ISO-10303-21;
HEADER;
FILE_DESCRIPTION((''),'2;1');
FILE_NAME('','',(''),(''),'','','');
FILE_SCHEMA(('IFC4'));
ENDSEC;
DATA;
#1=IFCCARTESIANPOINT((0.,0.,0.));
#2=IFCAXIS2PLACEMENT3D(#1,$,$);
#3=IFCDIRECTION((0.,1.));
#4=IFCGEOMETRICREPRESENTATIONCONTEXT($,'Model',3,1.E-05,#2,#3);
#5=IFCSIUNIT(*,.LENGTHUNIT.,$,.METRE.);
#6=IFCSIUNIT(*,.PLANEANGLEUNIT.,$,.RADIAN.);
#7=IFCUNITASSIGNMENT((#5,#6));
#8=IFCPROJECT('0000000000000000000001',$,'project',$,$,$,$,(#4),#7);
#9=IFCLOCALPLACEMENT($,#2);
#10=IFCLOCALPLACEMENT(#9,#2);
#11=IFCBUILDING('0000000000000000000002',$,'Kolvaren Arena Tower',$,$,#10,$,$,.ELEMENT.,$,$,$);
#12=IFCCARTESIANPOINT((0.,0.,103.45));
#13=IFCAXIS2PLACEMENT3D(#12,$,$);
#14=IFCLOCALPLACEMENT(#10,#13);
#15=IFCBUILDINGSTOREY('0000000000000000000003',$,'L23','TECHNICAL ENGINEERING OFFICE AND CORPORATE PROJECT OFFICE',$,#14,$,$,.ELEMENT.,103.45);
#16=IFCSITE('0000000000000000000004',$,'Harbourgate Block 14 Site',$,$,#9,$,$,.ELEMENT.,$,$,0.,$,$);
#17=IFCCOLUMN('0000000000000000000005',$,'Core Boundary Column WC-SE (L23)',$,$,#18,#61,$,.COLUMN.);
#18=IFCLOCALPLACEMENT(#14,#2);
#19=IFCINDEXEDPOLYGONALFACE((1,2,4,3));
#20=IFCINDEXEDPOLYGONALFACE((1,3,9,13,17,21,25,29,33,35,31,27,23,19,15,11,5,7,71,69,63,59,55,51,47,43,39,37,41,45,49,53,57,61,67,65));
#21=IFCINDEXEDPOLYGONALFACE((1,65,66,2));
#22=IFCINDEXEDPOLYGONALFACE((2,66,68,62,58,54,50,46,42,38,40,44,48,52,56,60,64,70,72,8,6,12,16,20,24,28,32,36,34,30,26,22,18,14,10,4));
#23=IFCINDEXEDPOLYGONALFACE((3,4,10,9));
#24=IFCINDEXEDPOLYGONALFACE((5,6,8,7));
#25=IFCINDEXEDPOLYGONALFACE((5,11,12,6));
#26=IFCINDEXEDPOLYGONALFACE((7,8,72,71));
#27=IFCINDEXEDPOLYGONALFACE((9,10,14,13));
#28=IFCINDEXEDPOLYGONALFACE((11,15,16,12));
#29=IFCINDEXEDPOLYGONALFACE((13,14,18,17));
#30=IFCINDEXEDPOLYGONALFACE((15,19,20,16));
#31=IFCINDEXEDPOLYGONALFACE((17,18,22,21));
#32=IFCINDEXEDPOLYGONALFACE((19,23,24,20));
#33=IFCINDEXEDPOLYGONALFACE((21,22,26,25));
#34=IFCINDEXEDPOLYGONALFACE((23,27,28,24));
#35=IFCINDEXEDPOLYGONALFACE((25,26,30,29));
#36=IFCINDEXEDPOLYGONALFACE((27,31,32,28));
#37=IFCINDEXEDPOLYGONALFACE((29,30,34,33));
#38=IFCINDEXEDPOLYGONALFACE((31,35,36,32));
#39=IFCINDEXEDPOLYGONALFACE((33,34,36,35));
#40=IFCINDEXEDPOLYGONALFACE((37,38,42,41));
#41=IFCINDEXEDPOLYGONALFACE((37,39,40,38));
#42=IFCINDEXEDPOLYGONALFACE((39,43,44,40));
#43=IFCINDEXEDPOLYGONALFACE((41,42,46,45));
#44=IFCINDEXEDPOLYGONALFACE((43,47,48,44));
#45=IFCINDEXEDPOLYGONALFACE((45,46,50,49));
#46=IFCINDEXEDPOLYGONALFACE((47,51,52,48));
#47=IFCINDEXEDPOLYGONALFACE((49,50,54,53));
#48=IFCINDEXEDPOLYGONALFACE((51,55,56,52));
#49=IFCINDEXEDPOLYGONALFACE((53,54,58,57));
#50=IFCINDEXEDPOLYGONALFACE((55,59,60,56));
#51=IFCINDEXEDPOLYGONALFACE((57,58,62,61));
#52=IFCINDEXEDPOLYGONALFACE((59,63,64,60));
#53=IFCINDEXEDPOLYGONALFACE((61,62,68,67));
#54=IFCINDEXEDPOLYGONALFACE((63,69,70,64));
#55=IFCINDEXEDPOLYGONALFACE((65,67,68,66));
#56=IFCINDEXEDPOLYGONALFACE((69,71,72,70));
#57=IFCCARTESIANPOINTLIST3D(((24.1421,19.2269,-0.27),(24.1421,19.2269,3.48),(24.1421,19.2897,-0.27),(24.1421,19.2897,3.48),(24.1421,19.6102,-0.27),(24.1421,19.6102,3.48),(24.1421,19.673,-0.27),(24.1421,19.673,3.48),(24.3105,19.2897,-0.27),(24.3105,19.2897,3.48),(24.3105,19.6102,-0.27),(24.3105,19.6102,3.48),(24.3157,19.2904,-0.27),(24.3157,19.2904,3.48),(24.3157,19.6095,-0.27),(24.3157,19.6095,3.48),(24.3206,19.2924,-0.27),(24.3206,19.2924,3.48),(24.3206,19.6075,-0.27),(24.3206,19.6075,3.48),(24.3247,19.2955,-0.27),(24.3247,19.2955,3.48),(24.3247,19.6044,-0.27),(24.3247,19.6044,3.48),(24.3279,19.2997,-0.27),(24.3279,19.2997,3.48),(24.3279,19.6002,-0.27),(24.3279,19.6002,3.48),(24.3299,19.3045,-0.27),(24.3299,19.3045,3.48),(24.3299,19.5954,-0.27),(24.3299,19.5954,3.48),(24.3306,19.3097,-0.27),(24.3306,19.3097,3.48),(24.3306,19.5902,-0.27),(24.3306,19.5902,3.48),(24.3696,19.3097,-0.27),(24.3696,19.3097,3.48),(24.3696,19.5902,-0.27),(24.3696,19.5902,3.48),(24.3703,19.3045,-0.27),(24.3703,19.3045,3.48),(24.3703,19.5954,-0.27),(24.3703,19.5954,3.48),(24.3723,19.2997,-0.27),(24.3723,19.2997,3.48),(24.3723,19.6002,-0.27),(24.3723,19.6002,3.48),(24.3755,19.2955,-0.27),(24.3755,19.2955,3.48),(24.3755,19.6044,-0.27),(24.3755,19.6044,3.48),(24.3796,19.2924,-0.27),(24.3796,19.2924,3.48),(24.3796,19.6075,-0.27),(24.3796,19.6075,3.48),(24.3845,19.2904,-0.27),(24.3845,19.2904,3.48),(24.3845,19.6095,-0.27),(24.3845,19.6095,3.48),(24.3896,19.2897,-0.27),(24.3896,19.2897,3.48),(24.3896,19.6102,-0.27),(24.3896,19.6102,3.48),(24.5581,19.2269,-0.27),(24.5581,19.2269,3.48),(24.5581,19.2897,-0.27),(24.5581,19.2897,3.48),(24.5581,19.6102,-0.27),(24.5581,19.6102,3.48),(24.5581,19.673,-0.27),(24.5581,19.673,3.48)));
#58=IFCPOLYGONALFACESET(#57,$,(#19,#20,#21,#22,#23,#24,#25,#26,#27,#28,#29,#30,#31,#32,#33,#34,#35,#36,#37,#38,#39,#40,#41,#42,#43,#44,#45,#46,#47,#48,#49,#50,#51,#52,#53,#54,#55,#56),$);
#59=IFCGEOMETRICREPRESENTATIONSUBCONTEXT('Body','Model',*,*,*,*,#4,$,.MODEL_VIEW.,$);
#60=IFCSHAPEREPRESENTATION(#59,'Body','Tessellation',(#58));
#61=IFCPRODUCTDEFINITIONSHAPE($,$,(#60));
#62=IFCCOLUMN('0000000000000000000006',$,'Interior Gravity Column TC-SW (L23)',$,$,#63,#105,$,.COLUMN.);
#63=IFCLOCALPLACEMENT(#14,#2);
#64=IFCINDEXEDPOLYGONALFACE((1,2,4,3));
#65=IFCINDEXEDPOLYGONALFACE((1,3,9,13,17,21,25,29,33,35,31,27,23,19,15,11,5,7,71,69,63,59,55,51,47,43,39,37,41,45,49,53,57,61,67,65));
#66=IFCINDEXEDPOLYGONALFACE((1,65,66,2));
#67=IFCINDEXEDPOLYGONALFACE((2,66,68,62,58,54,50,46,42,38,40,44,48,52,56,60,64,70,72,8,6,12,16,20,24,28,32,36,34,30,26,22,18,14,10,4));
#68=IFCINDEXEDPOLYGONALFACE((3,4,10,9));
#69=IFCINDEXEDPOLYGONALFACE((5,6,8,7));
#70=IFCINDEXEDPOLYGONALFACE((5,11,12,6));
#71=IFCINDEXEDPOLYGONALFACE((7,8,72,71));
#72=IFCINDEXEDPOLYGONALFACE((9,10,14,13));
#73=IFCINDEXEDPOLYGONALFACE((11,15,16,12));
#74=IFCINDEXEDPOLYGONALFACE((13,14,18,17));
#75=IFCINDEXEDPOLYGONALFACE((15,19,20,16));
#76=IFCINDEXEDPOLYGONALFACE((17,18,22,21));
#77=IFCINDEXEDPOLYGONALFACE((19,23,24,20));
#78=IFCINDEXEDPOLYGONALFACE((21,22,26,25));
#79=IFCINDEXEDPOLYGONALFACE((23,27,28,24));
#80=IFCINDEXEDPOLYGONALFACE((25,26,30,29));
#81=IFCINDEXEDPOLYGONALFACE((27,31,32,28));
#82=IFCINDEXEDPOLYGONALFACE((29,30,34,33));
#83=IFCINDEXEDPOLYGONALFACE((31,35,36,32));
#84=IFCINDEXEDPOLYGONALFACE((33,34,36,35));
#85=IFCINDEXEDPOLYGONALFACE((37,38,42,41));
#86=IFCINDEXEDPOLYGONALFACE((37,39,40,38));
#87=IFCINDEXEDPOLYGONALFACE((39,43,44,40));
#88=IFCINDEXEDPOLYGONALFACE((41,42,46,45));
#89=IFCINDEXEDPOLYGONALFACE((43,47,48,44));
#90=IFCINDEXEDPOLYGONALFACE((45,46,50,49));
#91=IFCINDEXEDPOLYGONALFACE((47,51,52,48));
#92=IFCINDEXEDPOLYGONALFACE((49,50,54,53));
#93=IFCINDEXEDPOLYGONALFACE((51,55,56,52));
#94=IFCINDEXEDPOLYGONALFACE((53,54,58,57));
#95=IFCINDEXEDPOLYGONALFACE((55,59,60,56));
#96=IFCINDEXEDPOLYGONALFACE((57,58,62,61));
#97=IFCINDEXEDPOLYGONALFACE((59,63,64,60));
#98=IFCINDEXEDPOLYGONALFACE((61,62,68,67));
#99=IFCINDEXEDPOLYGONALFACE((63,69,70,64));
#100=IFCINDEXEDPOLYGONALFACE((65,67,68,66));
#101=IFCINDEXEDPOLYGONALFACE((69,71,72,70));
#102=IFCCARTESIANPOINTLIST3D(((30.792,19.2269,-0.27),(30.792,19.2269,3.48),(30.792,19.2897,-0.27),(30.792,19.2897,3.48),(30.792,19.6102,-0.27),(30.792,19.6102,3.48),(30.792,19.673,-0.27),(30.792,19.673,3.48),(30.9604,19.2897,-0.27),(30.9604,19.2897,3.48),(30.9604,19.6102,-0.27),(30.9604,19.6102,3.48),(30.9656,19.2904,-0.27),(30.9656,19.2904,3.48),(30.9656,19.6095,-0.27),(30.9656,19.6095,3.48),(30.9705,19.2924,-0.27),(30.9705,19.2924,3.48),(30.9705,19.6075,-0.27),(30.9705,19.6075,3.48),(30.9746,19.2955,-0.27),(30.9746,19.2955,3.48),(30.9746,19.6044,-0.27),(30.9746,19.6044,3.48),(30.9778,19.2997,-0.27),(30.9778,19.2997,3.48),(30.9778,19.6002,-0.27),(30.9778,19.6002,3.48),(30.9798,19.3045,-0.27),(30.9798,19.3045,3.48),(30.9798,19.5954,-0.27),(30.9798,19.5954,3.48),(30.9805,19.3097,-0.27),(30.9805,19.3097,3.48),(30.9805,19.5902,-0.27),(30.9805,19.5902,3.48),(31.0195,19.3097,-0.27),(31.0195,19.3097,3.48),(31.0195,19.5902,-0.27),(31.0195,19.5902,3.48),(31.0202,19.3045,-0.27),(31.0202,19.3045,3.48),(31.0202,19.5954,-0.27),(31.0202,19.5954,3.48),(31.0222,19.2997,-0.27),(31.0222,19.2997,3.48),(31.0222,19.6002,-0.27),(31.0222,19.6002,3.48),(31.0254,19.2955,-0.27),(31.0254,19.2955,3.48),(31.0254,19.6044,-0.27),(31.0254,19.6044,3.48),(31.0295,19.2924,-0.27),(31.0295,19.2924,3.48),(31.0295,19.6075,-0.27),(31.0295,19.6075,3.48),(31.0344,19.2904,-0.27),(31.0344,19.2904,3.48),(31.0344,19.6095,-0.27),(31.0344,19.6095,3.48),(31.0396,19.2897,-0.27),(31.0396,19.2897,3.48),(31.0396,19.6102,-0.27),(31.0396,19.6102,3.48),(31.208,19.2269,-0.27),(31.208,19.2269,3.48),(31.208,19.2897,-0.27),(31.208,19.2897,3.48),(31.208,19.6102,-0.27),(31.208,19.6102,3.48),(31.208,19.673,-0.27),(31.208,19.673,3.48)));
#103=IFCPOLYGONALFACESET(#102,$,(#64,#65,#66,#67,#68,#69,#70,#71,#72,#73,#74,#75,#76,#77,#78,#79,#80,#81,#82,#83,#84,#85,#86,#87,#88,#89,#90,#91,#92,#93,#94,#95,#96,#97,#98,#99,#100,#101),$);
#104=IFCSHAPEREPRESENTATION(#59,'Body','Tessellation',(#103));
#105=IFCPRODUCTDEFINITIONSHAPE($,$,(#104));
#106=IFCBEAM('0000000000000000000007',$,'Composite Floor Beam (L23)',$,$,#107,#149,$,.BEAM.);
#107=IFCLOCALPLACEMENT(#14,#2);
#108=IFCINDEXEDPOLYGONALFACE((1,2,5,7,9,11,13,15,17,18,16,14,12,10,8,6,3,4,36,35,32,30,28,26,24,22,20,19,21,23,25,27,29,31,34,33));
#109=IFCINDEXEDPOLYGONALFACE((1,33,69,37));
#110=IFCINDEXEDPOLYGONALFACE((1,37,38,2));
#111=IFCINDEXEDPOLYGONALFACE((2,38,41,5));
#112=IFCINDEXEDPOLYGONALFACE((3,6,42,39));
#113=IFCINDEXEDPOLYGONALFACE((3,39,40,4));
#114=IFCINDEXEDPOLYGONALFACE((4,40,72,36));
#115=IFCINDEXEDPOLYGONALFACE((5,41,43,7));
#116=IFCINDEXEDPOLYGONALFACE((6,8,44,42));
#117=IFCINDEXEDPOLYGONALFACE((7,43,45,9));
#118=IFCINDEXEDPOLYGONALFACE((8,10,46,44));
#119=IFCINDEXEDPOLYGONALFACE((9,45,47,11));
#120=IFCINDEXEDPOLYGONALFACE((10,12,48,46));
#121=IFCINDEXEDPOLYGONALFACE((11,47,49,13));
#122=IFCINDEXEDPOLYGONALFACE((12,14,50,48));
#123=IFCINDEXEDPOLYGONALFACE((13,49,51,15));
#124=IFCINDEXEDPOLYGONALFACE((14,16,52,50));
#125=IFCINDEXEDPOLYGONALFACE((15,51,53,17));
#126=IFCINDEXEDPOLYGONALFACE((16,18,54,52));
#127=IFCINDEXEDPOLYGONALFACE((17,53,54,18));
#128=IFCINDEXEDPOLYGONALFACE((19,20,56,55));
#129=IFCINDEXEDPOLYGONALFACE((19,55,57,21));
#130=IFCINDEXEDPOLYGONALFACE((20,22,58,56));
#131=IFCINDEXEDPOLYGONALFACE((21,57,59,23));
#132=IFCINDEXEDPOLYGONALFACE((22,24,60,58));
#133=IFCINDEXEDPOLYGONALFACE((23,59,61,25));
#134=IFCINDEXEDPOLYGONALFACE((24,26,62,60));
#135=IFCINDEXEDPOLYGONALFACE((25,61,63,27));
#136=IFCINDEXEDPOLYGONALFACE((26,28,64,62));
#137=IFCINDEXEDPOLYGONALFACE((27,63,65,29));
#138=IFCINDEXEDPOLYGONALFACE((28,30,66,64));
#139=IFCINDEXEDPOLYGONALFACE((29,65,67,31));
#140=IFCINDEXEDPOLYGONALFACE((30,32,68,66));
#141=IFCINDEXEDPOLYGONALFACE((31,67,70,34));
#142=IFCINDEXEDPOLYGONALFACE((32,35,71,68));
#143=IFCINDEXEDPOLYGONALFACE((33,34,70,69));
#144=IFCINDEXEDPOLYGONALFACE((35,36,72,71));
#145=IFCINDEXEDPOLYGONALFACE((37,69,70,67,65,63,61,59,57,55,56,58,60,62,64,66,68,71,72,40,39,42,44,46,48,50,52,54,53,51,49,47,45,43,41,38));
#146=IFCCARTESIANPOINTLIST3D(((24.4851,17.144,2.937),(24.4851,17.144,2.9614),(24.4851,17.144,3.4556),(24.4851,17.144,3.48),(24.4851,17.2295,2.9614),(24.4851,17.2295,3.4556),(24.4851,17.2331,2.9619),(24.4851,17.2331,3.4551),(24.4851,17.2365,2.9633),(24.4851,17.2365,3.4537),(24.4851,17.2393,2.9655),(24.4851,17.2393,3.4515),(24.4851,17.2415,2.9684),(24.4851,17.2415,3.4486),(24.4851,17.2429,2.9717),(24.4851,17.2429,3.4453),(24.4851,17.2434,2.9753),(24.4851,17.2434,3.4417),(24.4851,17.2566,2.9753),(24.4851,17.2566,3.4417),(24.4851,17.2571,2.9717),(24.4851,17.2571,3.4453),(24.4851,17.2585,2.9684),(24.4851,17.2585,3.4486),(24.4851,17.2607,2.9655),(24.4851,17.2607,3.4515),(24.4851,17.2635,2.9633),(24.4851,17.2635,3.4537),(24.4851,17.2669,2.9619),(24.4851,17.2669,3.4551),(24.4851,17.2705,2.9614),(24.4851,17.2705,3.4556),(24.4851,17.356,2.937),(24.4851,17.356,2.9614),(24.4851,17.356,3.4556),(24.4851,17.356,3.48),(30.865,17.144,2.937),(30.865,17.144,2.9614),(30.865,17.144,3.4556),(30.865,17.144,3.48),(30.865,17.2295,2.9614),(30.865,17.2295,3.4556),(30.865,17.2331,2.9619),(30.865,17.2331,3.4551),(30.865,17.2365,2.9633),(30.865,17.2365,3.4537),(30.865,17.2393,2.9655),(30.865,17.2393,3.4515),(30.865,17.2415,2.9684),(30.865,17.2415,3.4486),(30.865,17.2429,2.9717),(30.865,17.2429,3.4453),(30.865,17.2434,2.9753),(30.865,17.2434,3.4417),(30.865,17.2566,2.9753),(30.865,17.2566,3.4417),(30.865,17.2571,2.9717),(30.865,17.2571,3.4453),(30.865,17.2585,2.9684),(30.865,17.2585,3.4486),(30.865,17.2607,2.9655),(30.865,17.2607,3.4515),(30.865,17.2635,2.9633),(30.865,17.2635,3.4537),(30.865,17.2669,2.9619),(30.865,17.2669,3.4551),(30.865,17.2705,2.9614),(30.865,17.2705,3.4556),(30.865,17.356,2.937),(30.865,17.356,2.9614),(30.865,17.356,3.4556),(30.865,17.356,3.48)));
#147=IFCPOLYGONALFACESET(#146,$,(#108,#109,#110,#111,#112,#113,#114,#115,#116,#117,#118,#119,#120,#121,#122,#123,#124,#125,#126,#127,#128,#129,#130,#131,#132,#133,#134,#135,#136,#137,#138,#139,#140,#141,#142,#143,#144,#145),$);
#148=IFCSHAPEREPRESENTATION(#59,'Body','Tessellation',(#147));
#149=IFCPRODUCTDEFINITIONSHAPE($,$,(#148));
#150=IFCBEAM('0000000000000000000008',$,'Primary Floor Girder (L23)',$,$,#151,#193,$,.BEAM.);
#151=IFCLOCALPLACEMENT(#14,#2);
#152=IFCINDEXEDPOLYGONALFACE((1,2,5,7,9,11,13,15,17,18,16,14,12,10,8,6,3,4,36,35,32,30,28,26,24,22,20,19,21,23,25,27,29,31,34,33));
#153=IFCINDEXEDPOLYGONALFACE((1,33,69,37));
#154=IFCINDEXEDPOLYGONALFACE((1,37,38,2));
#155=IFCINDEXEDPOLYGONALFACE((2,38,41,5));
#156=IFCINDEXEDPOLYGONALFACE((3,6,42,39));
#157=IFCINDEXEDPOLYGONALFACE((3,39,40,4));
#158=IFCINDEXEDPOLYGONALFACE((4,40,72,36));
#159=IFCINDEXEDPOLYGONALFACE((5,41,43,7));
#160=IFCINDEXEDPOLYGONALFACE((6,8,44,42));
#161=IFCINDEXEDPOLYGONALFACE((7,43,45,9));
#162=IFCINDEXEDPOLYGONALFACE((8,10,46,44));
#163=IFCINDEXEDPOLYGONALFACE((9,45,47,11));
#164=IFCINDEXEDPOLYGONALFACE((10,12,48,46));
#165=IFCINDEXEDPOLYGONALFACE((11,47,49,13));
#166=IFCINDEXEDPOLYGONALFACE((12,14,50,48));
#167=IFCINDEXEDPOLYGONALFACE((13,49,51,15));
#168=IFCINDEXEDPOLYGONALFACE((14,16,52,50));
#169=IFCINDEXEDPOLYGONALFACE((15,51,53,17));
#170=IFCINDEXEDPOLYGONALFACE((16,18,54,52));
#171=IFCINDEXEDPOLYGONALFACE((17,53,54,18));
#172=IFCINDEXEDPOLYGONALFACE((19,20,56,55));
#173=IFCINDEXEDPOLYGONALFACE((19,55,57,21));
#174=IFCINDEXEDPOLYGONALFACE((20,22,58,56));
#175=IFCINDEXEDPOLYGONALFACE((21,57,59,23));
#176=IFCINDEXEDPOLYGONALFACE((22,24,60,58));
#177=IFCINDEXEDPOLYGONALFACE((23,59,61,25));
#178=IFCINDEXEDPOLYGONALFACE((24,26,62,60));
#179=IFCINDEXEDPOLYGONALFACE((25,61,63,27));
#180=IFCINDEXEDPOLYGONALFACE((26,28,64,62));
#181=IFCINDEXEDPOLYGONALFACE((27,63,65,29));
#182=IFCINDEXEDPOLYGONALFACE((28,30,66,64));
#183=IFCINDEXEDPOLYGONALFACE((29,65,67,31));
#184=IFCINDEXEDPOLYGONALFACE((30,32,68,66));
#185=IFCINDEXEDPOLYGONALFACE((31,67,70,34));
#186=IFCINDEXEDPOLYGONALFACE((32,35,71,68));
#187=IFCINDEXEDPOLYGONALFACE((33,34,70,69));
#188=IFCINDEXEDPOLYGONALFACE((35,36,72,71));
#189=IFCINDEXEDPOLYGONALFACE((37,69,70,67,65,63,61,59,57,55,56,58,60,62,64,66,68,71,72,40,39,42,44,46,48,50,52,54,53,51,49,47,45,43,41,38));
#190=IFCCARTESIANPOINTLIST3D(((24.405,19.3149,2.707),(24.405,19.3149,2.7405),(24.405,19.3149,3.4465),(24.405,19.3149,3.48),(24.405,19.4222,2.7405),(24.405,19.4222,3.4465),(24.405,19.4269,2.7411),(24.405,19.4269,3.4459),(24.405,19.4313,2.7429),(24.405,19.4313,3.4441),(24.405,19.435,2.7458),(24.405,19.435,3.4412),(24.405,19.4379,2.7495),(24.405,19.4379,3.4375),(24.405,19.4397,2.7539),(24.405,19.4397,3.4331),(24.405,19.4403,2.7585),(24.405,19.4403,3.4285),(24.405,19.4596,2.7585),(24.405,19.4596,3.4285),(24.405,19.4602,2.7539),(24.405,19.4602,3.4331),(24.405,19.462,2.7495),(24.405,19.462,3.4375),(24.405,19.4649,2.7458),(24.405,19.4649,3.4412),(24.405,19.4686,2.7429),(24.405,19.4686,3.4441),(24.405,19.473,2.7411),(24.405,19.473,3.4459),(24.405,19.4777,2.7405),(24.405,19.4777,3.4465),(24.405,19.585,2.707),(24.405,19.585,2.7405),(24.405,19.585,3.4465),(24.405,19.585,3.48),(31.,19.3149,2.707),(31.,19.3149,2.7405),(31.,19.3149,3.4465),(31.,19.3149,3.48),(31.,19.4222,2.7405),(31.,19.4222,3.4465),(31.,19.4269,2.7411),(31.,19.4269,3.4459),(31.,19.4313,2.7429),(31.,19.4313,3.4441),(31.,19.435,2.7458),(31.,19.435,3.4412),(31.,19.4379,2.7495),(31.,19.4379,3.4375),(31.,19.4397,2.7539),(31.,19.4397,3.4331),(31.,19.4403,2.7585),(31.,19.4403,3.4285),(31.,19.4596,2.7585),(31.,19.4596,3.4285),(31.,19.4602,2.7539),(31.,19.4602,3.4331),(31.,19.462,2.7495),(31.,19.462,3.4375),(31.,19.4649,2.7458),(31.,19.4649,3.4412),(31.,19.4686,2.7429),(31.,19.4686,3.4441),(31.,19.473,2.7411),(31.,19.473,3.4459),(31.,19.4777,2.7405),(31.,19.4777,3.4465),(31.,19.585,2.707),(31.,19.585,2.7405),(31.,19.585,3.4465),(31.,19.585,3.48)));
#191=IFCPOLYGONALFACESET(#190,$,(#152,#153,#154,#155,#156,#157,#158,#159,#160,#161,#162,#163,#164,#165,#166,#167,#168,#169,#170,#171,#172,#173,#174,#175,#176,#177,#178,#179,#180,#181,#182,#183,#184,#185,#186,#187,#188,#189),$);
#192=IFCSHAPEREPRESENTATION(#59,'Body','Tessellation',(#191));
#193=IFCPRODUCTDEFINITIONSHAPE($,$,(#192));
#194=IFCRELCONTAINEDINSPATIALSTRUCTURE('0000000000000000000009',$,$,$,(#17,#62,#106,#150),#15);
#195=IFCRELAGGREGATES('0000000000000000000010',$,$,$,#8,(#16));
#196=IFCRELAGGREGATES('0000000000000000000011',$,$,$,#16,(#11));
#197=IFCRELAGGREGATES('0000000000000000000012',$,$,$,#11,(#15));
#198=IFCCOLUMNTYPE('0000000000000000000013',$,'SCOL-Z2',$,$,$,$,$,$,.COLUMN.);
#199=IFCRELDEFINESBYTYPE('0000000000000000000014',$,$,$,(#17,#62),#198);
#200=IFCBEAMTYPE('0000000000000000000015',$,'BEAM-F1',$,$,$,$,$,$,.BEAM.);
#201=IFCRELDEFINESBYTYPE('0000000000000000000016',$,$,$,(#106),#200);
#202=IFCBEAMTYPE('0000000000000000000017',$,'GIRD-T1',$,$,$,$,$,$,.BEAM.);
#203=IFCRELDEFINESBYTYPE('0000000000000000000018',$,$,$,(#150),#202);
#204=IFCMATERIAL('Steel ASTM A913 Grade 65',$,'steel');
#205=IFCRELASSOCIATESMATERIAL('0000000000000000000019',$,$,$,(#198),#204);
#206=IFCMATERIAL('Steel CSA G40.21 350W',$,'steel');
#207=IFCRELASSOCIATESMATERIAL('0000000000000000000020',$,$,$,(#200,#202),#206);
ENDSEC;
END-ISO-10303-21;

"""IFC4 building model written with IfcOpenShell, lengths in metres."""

from ifc_helpers import new_model, si_unit, direction, frame, origin, origin_2d, place, context, subcontext, project, spatial, i_section, extrude, material, material_profile, profile_set, type_object, element, save


model = new_model("IFC4")

# Units and contexts
model_context = context("Model", 3, precision=1e-05, world=origin(), true_north=direction((0.0, 1.0)))
body_context = subcontext(model_context, "Body", "Model", "MODEL_VIEW")
ifc_project = project(units=[si_unit("LENGTHUNIT", "METRE"), si_unit("PLANEANGLEUNIT", "RADIAN")], contexts=[model_context])

# Site, building, storey
site_placement = place(None, origin())
site = spatial("IfcSite", under=ifc_project, at=site_placement, Name="Harbourgate Block 14 Site", CompositionType="ELEMENT", RefElevation=0.0)
building_placement = place(site_placement, origin())
building = spatial("IfcBuilding", under=site, at=building_placement, Name="Kolvaren Arena Tower", CompositionType="ELEMENT")
storey_placement = place(building_placement, frame((0.0, 0.0, 103.45)))
storey = spatial("IfcBuildingStorey", under=building, at=storey_placement, Name="L23", Description="TECHNICAL ENGINEERING OFFICE AND CORPORATE PROJECT OFFICE", CompositionType="ELEMENT", Elevation=103.45)

# Columns
ifc_material_1 = material(Name="Steel ASTM A913 Grade 65", Category="steel")
ifc_material_profile_1 = material_profile(ifc_material_1, i_section(OverallWidth=0.416, OverallDepth=0.446, WebThickness=0.0391, FlangeThickness=0.0627, FilletRadius=0.02, at=origin_2d()), Name="W360x509")
ifc_profile_set_1 = profile_set([ifc_material_profile_1], Name="Steel ASTM A913 Grade 65")
column_type = type_object("IfcColumnType", Name="SCOL-Z2", PredefinedType="COLUMN", material=ifc_profile_set_1)
for number, where, z_axis, x_axis, name in (
    (1, (24.3501, 19.45, -0.27), (0.0, 0.0, 1.0), (1.0, 0.0, 0.0), "Core Boundary Column WC-SE (L23)"),
    (2, (31.0, 19.45, -0.27), (0.0, 0.0, 1.0), (1.0, 0.0, 0.0), "Interior Gravity Column TC-SW (L23)"),
):
    element("IfcColumn", number, at=place(storey_placement, frame(where, z_axis=z_axis, x_axis=x_axis)), inside=storey, type_object=column_type, Name=name, PredefinedType="COLUMN", context=body_context, shape_type="SweptSolid", body=[
        extrude(i_section(OverallWidth=0.416, OverallDepth=0.446, WebThickness=0.0391, FlangeThickness=0.0627, FilletRadius=0.02, at=origin_2d()), origin(), (0.0, 0.0, 1.0), 3.75),
    ])

# Beams
ifc_material_2 = material(Name="Steel CSA G40.21 350W", Category="steel")
ifc_material_profile_2 = material_profile(ifc_material_2, i_section(OverallWidth=0.2119, OverallDepth=0.543, WebThickness=0.0132, FlangeThickness=0.0244, FilletRadius=0.0139, at=origin_2d()), Name="W530x150")
ifc_profile_set_2 = profile_set([ifc_material_profile_2], Name="Steel CSA G40.21 350W")
beam_type_1 = type_object("IfcBeamType", Name="BEAM-F1", PredefinedType="BEAM", material=ifc_profile_set_2)
beam_1_placement = place(storey_placement, frame((24.4851, 17.25, 3.2085), z_axis=(1.0, 0.0, 0.0), x_axis=(0.0, 1.0, 0.0)))
element("IfcBeam", 3, at=beam_1_placement, inside=storey, type_object=beam_type_1, Name="Composite Floor Beam (L23)", PredefinedType="BEAM", context=body_context, shape_type="SweptSolid", body=[
    extrude(i_section(OverallWidth=0.2119, OverallDepth=0.543, WebThickness=0.0132, FlangeThickness=0.0244, FilletRadius=0.0139, at=origin_2d()), origin(), (0.0, 0.0, 1.0), 6.3799),
])
ifc_material_profile_3 = material_profile(ifc_material_2, i_section(OverallWidth=0.27, OverallDepth=0.7729, WebThickness=0.0193, FlangeThickness=0.0334, FilletRadius=0.0181, at=origin_2d()), Name="W760x257")
ifc_profile_set_3 = profile_set([ifc_material_profile_3], Name="Steel CSA G40.21 350W")
beam_type_2 = type_object("IfcBeamType", Name="GIRD-T1", PredefinedType="BEAM", material=ifc_profile_set_3)
beam_2_placement = place(storey_placement, frame((24.405, 19.45, 3.0935), z_axis=(1.0, 0.0, 0.0), x_axis=(0.0, 1.0, 0.0)))
element("IfcBeam", 4, at=beam_2_placement, inside=storey, type_object=beam_type_2, Name="Primary Floor Girder (L23)", PredefinedType="BEAM", context=body_context, shape_type="SweptSolid", body=[
    extrude(i_section(OverallWidth=0.27, OverallDepth=0.7729, WebThickness=0.0193, FlangeThickness=0.0334, FilletRadius=0.0181, at=origin_2d()), origin(), (0.0, 0.0, 1.0), 6.595),
])

save(model, "model.ifc")
